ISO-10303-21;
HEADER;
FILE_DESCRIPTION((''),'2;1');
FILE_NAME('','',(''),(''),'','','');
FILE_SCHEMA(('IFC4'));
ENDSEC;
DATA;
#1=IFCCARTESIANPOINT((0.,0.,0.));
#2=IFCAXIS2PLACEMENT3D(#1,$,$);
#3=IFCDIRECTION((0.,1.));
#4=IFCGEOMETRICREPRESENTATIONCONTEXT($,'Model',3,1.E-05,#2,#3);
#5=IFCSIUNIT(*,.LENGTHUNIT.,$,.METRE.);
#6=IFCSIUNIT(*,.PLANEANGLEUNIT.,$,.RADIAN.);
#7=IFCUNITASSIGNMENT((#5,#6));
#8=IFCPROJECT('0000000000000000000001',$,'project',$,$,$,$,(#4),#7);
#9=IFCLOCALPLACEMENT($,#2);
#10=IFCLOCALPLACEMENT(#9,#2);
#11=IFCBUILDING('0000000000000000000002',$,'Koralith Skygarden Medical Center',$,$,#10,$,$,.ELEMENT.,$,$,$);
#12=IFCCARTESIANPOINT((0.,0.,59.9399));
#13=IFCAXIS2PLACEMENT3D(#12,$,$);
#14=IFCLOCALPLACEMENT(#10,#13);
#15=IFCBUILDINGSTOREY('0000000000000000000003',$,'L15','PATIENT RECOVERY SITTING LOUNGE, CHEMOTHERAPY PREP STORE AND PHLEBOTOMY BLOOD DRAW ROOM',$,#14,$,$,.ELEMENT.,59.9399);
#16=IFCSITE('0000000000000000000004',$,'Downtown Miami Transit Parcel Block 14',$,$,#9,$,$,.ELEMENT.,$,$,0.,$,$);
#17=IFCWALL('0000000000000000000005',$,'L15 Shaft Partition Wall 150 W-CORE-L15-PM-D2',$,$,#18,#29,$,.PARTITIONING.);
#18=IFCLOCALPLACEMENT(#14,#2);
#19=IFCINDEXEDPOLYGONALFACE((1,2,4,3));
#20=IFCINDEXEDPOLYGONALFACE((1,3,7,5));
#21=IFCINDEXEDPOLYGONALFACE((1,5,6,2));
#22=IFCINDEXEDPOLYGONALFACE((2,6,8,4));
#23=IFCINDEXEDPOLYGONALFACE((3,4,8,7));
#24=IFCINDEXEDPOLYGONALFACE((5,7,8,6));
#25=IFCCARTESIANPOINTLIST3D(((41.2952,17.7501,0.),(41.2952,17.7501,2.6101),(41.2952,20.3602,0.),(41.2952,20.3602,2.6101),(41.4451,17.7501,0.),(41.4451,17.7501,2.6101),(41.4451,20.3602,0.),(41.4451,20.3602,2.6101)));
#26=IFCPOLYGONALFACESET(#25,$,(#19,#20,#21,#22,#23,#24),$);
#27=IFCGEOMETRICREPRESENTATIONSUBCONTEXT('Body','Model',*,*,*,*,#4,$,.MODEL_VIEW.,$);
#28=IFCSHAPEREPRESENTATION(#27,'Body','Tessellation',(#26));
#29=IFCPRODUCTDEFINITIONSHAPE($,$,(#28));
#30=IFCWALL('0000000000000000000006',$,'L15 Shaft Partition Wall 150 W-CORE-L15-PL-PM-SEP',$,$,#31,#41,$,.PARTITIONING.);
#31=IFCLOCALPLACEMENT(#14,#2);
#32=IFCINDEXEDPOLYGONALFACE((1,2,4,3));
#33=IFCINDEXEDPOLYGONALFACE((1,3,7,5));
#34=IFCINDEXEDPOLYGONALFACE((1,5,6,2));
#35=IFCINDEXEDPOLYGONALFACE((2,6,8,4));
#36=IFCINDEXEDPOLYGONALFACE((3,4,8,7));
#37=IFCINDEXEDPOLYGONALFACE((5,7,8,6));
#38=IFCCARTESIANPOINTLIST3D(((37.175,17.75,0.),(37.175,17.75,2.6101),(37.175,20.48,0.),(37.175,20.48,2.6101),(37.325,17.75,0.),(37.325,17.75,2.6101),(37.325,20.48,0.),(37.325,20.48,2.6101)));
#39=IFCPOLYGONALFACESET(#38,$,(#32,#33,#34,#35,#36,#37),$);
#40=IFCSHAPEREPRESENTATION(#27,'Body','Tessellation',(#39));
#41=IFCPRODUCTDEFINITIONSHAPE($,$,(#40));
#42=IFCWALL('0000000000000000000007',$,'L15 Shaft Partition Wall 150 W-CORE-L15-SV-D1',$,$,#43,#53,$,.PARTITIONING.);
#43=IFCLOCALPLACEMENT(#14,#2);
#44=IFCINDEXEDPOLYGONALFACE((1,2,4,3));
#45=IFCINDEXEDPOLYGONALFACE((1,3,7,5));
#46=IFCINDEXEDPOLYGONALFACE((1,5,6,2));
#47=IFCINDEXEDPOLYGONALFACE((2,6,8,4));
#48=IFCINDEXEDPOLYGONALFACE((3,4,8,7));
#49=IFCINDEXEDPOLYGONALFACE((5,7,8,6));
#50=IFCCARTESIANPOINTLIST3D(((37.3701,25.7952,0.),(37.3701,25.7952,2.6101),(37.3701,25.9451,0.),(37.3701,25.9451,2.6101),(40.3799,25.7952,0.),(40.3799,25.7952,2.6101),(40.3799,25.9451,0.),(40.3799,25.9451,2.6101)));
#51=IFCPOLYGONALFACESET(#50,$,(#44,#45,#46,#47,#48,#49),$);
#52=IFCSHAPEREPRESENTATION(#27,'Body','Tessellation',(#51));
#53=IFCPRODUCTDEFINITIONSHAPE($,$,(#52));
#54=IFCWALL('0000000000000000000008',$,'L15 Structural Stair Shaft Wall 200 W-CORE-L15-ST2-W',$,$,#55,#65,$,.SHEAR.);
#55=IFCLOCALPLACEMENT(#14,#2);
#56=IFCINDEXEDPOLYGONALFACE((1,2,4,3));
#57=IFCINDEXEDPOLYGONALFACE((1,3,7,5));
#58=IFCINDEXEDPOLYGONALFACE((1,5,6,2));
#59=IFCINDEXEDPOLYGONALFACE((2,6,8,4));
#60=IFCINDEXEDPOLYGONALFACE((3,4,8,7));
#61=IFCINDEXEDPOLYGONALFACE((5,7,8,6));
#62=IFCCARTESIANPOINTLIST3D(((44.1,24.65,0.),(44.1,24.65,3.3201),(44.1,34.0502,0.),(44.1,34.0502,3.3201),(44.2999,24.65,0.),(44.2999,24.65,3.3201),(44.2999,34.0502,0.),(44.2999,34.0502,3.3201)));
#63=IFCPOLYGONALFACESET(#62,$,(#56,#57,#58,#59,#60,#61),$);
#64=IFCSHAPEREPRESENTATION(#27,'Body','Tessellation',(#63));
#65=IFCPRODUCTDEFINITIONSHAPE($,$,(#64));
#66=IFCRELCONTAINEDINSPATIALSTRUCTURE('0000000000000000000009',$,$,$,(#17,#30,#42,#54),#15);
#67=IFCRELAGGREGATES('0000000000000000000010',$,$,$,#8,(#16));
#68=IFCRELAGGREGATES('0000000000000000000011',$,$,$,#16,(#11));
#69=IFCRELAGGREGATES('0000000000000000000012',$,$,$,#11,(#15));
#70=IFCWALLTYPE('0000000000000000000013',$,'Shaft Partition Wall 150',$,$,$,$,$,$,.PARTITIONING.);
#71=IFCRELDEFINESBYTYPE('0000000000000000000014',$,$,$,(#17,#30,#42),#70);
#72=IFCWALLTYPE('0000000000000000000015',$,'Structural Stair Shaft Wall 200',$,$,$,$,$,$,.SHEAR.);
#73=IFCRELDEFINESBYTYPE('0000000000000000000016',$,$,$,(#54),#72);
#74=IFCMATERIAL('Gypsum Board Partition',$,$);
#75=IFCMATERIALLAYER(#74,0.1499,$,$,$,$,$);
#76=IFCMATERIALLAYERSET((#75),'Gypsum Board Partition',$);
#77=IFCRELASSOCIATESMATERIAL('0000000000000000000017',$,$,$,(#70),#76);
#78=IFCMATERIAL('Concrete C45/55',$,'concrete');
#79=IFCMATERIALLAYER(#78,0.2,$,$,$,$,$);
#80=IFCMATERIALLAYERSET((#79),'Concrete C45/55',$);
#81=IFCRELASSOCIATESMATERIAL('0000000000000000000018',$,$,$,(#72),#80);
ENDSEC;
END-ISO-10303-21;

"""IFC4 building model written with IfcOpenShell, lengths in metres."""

from ifc_helpers import new_model, si_unit, direction, frame, frame_2d, origin, place, context, subcontext, project, spatial, rectangle, extrude, material, layer, layer_set, type_object, element, save


model = new_model("IFC4")

# Units and contexts
model_context = context("Model", 3, precision=1e-05, world=origin(), true_north=direction((0.0, 1.0)))
body_context = subcontext(model_context, "Body", "Model", "MODEL_VIEW")
ifc_project = project(units=[si_unit("LENGTHUNIT", "METRE"), si_unit("PLANEANGLEUNIT", "RADIAN")], contexts=[model_context])

# Site, building, storey
site_placement = place(None, origin())
site = spatial("IfcSite", under=ifc_project, at=site_placement, Name="Downtown Miami Transit Parcel Block 14", CompositionType="ELEMENT", RefElevation=0.0)
building_placement = place(site_placement, origin())
building = spatial("IfcBuilding", under=site, at=building_placement, Name="Koralith Skygarden Medical Center", CompositionType="ELEMENT")
storey_placement = place(building_placement, frame((0.0, 0.0, 59.9399)))
storey = spatial("IfcBuildingStorey", under=building, at=storey_placement, Name="L15", Description="PATIENT RECOVERY SITTING LOUNGE, CHEMOTHERAPY PREP STORE AND PHLEBOTOMY BLOOD DRAW ROOM", CompositionType="ELEMENT", Elevation=59.9399)

# Shared definitions
ifc_material_1 = material(Name="Concrete C45/55", Category="concrete")

# Shared definitions
ifc_material_2 = material(Name="Gypsum Board Partition")

# Walls
ifc_layer_1 = layer(ifc_material_2, 0.1499)
ifc_layer_set_1 = layer_set([ifc_layer_1], Name="Gypsum Board Partition")
wall_type_1 = type_object("IfcWallType", Name="Shaft Partition Wall 150", PredefinedType="PARTITIONING", material=ifc_layer_set_1)
for number, where, z_axis, x_axis, name in (
    (1, (41.3701, 17.75, 0.0), (0.0, 0.0, 1.0), (0.0, 1.0, 0.0), "L15 Shaft Partition Wall 150 W-CORE-L15-PM-D2"),
):
    element("IfcWall", number, at=place(storey_placement, frame(where, z_axis=z_axis, x_axis=x_axis)), inside=storey, type_object=wall_type_1, Name=name, PredefinedType="PARTITIONING", context=body_context, shape_type="SweptSolid", body=[
        extrude(rectangle(XDim=2.6101, YDim=0.1499, at=frame_2d((1.3052, 0.0))), origin(), (0.0, 0.0, 1.0), 2.6101),
    ])
wall_1_placement = place(storey_placement, frame((37.25, 17.75, 0.0), z_axis=(0.0, 0.0, 1.0), x_axis=(0.0, 1.0, 0.0)))
element("IfcWall", 2, at=wall_1_placement, inside=storey, type_object=wall_type_1, Name="L15 Shaft Partition Wall 150 W-CORE-L15-PL-PM-SEP", PredefinedType="PARTITIONING", context=body_context, shape_type="SweptSolid", body=[
    extrude(rectangle(XDim=2.73, YDim=0.1499, at=frame_2d((1.365, 0.0))), origin(), (0.0, 0.0, 1.0), 2.6101),
])
wall_2_placement = place(storey_placement, frame((37.3701, 25.8701, 0.0), z_axis=(0.0, 0.0, 1.0), x_axis=(1.0, 0.0, 0.0)))
element("IfcWall", 3, at=wall_2_placement, inside=storey, type_object=wall_type_1, Name="L15 Shaft Partition Wall 150 W-CORE-L15-SV-D1", PredefinedType="PARTITIONING", context=body_context, shape_type="SweptSolid", body=[
    extrude(rectangle(XDim=3.0098, YDim=0.1499, at=frame_2d((1.5049, 0.0))), origin(), (0.0, 0.0, 1.0), 2.6101),
])
ifc_layer_2 = layer(ifc_material_1, 0.2)
ifc_layer_set_2 = layer_set([ifc_layer_2], Name="Concrete C45/55")
wall_type_2 = type_object("IfcWallType", Name="Structural Stair Shaft Wall 200", PredefinedType="SHEAR", material=ifc_layer_set_2)
wall_3_placement = place(storey_placement, frame((44.2, 24.6499, 0.0), z_axis=(0.0, 0.0, 1.0), x_axis=(0.0, 1.0, 0.0)))
element("IfcWall", 4, at=wall_3_placement, inside=storey, type_object=wall_type_2, Name="L15 Structural Stair Shaft Wall 200 W-CORE-L15-ST2-W", PredefinedType="SHEAR", context=body_context, shape_type="SweptSolid", body=[
    extrude(rectangle(XDim=9.4001, YDim=0.2, at=frame_2d((4.7002, 0.0))), origin(), (0.0, 0.0, 1.0), 3.3201),
])

save(model, "model.ifc")
